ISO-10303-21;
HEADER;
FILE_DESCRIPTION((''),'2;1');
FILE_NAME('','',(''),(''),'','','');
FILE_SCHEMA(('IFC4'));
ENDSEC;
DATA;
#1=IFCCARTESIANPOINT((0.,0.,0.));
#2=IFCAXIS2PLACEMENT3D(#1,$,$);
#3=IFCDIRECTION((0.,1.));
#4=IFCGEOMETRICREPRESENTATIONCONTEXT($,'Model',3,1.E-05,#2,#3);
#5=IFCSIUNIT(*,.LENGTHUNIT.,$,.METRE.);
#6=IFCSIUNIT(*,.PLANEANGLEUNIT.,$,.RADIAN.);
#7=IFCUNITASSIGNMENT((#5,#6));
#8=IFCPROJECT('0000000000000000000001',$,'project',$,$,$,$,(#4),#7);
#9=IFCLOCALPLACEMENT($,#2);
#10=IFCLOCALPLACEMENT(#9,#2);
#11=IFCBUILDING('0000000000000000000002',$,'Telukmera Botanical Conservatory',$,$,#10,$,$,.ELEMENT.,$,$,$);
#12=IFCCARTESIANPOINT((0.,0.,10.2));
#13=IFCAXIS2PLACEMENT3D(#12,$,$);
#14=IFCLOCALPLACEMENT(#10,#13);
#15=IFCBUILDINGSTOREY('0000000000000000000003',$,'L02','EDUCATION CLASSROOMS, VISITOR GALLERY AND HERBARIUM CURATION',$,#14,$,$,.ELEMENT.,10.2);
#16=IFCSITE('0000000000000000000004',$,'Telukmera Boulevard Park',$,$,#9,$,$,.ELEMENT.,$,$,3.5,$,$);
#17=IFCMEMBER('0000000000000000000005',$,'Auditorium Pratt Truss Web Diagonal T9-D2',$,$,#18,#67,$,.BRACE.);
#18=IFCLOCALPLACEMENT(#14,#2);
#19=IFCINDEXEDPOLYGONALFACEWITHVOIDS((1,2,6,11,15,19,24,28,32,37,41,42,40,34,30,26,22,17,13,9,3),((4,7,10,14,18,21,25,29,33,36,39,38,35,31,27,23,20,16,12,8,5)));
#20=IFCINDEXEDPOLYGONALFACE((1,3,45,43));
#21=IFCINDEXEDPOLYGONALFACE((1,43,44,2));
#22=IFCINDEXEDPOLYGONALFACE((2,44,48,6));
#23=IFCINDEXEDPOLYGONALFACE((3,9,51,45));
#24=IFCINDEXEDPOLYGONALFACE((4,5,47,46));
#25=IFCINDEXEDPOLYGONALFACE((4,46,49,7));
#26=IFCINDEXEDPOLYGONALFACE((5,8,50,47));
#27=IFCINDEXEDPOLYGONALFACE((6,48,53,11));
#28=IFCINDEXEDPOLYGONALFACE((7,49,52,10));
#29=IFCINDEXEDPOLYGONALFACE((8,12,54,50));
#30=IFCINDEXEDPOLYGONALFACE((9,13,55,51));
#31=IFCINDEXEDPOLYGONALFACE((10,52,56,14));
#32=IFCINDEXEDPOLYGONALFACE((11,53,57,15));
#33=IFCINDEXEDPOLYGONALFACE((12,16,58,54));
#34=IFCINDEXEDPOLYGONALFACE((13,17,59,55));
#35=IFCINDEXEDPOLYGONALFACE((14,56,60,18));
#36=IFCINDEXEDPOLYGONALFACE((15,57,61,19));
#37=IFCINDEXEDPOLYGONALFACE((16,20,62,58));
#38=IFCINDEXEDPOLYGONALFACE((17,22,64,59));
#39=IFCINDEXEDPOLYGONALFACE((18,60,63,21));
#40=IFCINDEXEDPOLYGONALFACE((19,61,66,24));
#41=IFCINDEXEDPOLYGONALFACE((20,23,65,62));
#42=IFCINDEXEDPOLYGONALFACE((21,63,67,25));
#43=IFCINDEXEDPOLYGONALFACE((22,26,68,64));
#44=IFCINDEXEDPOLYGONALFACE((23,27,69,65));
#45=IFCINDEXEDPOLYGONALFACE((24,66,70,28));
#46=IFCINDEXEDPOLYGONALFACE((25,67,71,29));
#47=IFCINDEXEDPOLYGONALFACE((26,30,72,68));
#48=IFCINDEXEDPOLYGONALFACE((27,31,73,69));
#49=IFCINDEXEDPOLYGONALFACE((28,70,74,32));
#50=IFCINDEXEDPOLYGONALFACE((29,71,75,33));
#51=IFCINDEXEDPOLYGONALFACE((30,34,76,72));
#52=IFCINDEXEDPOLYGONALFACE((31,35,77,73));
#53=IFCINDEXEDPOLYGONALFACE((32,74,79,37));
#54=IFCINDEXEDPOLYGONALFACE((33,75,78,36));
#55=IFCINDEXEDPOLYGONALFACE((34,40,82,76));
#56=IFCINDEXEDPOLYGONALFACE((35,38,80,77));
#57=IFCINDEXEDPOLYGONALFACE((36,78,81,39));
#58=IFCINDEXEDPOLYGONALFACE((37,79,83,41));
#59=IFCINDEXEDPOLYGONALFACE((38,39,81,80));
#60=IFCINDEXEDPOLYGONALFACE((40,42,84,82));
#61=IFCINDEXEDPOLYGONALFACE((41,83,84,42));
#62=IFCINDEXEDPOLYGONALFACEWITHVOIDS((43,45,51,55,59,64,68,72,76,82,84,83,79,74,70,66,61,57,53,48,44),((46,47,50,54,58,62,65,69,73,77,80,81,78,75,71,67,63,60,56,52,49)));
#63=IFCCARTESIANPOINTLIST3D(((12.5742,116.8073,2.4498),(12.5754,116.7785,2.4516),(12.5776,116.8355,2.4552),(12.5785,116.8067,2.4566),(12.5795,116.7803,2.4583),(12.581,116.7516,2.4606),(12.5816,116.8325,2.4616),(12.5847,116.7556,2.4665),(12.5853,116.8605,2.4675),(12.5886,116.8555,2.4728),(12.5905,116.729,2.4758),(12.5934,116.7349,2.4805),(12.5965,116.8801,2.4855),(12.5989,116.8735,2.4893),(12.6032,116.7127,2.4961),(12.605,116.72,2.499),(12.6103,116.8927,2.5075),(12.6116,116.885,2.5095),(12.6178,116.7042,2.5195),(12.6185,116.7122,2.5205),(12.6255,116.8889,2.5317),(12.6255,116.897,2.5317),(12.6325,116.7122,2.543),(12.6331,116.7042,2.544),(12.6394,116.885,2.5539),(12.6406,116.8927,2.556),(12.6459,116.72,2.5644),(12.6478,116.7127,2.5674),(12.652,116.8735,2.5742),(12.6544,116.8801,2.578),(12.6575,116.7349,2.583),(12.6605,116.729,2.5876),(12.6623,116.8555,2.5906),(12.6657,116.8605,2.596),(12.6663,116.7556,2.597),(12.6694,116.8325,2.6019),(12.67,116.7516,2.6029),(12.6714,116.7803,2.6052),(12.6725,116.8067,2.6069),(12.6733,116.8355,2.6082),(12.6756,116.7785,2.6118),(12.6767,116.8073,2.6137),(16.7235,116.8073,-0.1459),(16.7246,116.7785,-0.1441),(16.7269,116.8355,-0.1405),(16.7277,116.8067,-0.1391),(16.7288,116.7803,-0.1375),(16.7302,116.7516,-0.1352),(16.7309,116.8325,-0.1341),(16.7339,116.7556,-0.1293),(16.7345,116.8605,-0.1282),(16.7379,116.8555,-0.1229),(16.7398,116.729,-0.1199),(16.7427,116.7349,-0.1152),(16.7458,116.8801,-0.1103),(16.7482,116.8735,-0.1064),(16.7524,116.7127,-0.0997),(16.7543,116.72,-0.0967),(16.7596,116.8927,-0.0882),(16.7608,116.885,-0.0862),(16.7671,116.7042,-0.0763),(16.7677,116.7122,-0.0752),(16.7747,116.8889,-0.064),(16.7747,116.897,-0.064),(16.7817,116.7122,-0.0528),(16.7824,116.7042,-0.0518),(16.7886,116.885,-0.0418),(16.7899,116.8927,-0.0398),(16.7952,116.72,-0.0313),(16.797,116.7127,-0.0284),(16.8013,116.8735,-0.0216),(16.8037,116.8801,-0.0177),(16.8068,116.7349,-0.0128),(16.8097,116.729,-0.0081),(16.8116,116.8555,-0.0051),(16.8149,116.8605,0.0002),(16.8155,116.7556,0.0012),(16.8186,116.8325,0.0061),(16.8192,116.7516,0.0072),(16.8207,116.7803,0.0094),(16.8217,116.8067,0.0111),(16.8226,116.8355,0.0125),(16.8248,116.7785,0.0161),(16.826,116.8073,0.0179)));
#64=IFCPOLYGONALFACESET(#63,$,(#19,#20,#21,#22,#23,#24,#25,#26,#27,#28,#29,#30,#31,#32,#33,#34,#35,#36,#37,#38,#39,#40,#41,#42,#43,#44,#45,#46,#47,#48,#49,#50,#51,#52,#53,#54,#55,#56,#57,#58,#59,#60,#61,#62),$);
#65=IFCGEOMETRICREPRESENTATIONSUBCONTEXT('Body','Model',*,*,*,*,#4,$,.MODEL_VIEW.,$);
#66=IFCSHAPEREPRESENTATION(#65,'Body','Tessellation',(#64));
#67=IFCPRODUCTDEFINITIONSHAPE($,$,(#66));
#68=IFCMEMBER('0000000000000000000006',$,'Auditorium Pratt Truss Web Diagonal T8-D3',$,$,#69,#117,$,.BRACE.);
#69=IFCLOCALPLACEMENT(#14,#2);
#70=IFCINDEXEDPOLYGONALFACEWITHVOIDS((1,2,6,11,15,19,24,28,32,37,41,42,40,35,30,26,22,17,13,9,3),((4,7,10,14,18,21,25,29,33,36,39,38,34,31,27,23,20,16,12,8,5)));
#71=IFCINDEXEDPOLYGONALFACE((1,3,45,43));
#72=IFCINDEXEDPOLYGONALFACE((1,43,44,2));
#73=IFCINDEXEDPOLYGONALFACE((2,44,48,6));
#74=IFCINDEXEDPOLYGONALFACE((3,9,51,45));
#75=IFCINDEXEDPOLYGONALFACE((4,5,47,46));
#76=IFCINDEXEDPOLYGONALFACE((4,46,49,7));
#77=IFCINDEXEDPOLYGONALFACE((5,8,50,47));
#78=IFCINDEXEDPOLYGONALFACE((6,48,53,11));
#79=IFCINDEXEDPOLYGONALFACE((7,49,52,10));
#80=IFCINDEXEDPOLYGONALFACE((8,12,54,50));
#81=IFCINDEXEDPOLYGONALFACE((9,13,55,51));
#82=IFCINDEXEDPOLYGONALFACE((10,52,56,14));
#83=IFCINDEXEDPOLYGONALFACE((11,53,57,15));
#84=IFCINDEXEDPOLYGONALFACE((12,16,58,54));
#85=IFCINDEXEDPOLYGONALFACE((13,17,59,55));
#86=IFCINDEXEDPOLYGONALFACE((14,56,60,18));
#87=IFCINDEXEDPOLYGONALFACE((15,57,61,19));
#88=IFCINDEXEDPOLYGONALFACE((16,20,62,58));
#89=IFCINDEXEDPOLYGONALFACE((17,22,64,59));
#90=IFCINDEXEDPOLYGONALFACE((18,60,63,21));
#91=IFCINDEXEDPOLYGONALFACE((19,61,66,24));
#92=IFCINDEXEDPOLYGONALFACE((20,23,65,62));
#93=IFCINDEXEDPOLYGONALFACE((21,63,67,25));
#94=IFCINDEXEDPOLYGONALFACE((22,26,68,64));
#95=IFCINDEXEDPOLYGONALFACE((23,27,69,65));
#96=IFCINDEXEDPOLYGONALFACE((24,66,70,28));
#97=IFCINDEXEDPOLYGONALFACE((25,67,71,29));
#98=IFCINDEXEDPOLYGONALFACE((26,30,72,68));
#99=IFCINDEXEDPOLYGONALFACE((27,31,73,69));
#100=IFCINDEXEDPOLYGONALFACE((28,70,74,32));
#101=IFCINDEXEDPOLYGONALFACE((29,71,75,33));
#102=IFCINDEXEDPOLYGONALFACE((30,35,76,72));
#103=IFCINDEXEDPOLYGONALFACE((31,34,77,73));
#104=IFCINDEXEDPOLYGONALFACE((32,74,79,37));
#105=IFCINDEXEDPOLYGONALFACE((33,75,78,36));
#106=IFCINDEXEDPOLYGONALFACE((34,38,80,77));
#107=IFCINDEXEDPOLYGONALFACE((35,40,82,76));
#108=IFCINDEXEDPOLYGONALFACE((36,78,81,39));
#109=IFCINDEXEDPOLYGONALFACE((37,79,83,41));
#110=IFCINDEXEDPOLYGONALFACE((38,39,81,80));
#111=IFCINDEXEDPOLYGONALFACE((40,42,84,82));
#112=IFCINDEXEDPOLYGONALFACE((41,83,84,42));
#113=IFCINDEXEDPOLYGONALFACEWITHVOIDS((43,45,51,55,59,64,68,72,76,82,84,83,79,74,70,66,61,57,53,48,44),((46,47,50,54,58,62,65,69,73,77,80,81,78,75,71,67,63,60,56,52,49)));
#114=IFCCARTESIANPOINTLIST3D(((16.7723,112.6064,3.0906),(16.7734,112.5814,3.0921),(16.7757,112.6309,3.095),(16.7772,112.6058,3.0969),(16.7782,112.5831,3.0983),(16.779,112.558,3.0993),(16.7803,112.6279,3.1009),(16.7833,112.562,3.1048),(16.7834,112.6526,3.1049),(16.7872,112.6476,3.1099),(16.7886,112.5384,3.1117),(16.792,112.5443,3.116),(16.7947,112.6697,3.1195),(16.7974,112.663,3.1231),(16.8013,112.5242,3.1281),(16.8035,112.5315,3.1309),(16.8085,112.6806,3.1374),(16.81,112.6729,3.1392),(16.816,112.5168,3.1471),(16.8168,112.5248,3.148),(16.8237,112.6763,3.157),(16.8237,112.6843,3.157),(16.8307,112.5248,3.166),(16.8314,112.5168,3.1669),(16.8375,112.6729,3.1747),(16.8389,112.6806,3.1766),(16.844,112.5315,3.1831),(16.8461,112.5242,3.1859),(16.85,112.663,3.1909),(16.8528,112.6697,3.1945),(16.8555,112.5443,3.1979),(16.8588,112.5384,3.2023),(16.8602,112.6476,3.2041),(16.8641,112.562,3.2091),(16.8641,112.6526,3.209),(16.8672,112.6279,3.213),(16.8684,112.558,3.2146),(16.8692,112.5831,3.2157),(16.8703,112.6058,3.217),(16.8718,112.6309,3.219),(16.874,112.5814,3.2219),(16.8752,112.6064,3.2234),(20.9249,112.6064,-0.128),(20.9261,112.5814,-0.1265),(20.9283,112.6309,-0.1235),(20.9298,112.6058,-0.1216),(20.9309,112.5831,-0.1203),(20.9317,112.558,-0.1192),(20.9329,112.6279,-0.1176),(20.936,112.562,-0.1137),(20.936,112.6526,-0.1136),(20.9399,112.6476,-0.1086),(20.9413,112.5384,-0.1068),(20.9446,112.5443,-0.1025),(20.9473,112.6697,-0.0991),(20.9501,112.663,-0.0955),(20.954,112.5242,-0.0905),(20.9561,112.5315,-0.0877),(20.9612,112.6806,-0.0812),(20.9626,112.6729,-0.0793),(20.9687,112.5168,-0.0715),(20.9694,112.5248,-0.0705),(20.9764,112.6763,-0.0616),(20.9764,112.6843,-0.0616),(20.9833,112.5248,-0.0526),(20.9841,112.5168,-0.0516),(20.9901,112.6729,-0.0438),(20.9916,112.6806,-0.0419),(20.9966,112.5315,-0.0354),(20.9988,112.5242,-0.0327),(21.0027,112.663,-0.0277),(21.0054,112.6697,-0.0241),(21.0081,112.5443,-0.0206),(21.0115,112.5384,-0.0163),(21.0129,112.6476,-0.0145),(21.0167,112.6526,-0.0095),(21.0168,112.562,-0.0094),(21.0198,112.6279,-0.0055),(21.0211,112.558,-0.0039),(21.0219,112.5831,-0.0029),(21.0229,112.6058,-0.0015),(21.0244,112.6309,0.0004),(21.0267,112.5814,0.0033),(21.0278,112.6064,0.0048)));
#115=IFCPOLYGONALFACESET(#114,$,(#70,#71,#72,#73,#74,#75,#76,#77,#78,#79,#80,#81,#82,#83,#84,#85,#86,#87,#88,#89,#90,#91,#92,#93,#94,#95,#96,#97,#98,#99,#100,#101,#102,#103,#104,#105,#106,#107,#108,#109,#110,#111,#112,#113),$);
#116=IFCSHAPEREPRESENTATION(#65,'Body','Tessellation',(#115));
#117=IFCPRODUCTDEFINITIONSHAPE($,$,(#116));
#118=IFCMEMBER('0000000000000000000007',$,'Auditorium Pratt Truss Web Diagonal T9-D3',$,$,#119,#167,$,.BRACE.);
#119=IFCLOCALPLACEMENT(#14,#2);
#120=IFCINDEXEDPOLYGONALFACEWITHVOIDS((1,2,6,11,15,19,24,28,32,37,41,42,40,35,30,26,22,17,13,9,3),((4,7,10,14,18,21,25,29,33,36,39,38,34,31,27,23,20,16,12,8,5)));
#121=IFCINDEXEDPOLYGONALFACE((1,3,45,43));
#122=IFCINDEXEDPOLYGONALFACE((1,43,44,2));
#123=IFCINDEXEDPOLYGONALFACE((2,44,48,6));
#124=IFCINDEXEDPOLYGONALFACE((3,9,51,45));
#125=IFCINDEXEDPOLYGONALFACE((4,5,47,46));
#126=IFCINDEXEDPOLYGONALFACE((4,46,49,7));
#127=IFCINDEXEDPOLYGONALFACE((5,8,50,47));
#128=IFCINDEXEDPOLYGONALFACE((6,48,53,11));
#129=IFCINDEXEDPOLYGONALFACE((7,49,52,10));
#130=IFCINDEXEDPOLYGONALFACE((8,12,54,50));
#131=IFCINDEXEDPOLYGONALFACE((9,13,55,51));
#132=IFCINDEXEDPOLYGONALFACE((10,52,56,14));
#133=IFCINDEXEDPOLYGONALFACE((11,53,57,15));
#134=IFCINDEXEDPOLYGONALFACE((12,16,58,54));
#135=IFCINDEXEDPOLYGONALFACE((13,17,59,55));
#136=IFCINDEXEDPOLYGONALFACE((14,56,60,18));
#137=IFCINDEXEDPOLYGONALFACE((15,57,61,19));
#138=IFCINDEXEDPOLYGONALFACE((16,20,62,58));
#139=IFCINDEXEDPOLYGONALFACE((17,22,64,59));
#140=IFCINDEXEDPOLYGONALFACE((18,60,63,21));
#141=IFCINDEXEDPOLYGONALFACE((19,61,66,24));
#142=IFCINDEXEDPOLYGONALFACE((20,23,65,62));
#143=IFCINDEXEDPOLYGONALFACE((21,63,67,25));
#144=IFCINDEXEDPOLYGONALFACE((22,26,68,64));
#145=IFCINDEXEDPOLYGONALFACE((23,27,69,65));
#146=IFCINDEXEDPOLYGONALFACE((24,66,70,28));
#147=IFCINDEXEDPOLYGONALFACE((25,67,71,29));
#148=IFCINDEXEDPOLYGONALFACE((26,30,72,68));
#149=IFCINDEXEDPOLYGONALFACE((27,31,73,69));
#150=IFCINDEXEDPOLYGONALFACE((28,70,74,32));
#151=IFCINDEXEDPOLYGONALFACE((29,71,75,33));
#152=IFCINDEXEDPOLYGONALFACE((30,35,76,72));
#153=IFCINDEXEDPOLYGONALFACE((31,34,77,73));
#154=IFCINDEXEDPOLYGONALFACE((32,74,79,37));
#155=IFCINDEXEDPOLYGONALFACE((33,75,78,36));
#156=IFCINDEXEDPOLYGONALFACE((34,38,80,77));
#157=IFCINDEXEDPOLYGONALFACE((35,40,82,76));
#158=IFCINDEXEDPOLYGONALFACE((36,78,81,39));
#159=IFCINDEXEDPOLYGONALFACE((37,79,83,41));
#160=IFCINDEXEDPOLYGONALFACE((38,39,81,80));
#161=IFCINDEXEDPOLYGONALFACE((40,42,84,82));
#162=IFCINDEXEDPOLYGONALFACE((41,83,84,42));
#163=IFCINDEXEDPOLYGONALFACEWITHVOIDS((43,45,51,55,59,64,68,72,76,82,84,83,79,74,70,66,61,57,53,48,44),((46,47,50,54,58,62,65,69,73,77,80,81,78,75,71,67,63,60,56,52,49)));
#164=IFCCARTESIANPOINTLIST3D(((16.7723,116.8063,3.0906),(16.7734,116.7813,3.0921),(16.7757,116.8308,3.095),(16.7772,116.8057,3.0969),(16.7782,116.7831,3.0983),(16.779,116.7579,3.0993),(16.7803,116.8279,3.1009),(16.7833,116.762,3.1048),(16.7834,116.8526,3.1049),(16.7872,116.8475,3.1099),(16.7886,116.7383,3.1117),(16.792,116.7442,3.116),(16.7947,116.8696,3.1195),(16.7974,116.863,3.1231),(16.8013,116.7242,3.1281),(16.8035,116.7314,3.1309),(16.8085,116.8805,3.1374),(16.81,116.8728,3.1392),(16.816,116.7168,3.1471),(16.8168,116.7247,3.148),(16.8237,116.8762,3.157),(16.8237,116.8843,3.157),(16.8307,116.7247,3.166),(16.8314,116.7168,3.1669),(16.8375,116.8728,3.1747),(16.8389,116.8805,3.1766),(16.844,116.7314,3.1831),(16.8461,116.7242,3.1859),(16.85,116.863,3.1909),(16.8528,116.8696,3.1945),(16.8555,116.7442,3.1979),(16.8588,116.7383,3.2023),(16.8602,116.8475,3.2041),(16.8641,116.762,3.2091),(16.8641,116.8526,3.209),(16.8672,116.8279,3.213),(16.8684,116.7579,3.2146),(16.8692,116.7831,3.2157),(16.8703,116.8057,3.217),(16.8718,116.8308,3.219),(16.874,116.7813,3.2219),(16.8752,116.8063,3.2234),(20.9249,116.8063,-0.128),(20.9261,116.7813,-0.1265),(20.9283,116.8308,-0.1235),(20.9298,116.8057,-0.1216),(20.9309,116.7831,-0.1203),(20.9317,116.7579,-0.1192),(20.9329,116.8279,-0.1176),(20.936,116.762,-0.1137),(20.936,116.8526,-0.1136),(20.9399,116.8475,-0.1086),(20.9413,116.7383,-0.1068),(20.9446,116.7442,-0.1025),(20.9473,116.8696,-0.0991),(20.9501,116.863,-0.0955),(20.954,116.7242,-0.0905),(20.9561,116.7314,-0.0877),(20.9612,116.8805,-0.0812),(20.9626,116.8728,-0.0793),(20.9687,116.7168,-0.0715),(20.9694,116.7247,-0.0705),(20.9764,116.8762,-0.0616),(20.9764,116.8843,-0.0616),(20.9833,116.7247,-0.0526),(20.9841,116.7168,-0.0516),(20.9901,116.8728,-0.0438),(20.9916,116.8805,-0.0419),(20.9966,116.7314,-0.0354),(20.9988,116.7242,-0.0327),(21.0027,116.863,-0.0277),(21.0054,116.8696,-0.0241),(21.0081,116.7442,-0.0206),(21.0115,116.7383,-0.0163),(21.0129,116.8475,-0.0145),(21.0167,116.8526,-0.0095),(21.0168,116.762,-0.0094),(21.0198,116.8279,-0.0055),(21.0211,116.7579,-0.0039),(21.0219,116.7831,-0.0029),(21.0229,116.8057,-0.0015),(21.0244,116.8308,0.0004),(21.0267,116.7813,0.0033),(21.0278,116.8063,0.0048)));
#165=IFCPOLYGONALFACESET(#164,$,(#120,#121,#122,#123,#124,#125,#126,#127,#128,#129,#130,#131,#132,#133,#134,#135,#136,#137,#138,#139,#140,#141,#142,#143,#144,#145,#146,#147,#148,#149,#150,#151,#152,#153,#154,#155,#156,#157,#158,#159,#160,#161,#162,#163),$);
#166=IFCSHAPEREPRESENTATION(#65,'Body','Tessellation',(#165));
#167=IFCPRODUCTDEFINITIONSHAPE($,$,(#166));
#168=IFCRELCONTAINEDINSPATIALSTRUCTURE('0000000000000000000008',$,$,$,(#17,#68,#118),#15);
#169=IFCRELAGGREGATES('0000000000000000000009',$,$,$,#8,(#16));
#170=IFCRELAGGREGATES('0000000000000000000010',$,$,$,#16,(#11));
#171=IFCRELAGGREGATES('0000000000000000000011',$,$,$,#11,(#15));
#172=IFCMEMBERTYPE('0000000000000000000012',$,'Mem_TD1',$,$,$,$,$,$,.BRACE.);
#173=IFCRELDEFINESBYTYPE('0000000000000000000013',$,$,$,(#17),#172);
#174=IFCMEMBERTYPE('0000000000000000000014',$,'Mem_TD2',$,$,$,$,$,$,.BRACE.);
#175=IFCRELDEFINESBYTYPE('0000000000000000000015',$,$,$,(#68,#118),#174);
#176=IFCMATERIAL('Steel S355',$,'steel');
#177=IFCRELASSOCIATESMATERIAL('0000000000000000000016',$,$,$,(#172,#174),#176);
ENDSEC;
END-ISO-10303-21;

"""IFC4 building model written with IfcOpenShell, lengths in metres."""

from ifc_helpers import new_model, si_unit, direction, frame, origin, origin_2d, place, context, subcontext, project, spatial, hollow_circle, extrude, material, material_profile, profile_set, type_object, element, save


model = new_model("IFC4")

# Units and contexts
model_context = context("Model", 3, precision=1e-05, world=origin(), true_north=direction((0.0, 1.0)))
body_context = subcontext(model_context, "Body", "Model", "MODEL_VIEW")
ifc_project = project(units=[si_unit("LENGTHUNIT", "METRE"), si_unit("PLANEANGLEUNIT", "RADIAN")], contexts=[model_context])

# Site, building, storey
site_placement = place(None, origin())
site = spatial("IfcSite", under=ifc_project, at=site_placement, Name="Telukmera Boulevard Park", CompositionType="ELEMENT", RefElevation=3.5)
building_placement = place(site_placement, origin())
building = spatial("IfcBuilding", under=site, at=building_placement, Name="Telukmera Botanical Conservatory", CompositionType="ELEMENT")
storey_placement = place(building_placement, frame((0.0, 0.0, 10.2)))
storey = spatial("IfcBuildingStorey", under=building, at=storey_placement, Name="L02", Description="EDUCATION CLASSROOMS, VISITOR GALLERY AND HERBARIUM CURATION", CompositionType="ELEMENT", Elevation=10.2)

# Members
ifc_material_1 = material(Name="Steel S355", Category="steel")
ifc_material_profile_1 = material_profile(ifc_material_1, hollow_circle(Radius=0.0969, WallThickness=0.0081, at=origin_2d()), Name="CHS 193.7x8.0")
ifc_profile_set_1 = profile_set([ifc_material_profile_1], Name="Steel S355")
member_type_1 = type_object("IfcMemberType", Name="Mem_TD1", PredefinedType="BRACE", material=ifc_profile_set_1)
for number, where, z_axis, x_axis, name in (
    (1, (12.6255, 116.8, 2.5317), (0.847771, 0.0, -0.530362), (0.0, 1.0, 0.0), "Auditorium Pratt Truss Web Diagonal T9-D2"),
):
    element("IfcMember", number, at=place(storey_placement, frame(where, z_axis=z_axis, x_axis=x_axis)), inside=storey, type_object=member_type_1, Name=name, PredefinedType="BRACE", context=body_context, shape_type="SweptSolid", body=[
        extrude(hollow_circle(Radius=0.0969, WallThickness=0.0081, at=origin_2d()), origin(), (0.0, 0.0, 1.0), 4.8943),
    ])
ifc_material_profile_2 = material_profile(ifc_material_1, hollow_circle(Radius=0.0842, WallThickness=0.0081, at=origin_2d()), Name="CHS 168.3x8.0")
ifc_profile_set_2 = profile_set([ifc_material_profile_2], Name="Steel S355")
member_type_2 = type_object("IfcMemberType", Name="Mem_TD2", PredefinedType="BRACE", material=ifc_profile_set_2)
for number, where, z_axis, x_axis, name in (
    (2, (16.8237, 112.6001, 3.157), (0.790392, 0.0, -0.612601), (0.0, 1.0, 0.0), "Auditorium Pratt Truss Web Diagonal T8-D3"),
    (3, (16.8237, 116.8, 3.157), (0.790392, 0.0, -0.612601), (0.0, 1.0, 0.0), "Auditorium Pratt Truss Web Diagonal T9-D3"),
):
    element("IfcMember", number, at=place(storey_placement, frame(where, z_axis=z_axis, x_axis=x_axis)), inside=storey, type_object=member_type_2, Name=name, PredefinedType="BRACE", context=body_context, shape_type="SweptSolid", body=[
        extrude(hollow_circle(Radius=0.0842, WallThickness=0.0081, at=origin_2d()), origin(), (0.0, 0.0, 1.0), 5.2539),
    ])

save(model, "model.ifc")
